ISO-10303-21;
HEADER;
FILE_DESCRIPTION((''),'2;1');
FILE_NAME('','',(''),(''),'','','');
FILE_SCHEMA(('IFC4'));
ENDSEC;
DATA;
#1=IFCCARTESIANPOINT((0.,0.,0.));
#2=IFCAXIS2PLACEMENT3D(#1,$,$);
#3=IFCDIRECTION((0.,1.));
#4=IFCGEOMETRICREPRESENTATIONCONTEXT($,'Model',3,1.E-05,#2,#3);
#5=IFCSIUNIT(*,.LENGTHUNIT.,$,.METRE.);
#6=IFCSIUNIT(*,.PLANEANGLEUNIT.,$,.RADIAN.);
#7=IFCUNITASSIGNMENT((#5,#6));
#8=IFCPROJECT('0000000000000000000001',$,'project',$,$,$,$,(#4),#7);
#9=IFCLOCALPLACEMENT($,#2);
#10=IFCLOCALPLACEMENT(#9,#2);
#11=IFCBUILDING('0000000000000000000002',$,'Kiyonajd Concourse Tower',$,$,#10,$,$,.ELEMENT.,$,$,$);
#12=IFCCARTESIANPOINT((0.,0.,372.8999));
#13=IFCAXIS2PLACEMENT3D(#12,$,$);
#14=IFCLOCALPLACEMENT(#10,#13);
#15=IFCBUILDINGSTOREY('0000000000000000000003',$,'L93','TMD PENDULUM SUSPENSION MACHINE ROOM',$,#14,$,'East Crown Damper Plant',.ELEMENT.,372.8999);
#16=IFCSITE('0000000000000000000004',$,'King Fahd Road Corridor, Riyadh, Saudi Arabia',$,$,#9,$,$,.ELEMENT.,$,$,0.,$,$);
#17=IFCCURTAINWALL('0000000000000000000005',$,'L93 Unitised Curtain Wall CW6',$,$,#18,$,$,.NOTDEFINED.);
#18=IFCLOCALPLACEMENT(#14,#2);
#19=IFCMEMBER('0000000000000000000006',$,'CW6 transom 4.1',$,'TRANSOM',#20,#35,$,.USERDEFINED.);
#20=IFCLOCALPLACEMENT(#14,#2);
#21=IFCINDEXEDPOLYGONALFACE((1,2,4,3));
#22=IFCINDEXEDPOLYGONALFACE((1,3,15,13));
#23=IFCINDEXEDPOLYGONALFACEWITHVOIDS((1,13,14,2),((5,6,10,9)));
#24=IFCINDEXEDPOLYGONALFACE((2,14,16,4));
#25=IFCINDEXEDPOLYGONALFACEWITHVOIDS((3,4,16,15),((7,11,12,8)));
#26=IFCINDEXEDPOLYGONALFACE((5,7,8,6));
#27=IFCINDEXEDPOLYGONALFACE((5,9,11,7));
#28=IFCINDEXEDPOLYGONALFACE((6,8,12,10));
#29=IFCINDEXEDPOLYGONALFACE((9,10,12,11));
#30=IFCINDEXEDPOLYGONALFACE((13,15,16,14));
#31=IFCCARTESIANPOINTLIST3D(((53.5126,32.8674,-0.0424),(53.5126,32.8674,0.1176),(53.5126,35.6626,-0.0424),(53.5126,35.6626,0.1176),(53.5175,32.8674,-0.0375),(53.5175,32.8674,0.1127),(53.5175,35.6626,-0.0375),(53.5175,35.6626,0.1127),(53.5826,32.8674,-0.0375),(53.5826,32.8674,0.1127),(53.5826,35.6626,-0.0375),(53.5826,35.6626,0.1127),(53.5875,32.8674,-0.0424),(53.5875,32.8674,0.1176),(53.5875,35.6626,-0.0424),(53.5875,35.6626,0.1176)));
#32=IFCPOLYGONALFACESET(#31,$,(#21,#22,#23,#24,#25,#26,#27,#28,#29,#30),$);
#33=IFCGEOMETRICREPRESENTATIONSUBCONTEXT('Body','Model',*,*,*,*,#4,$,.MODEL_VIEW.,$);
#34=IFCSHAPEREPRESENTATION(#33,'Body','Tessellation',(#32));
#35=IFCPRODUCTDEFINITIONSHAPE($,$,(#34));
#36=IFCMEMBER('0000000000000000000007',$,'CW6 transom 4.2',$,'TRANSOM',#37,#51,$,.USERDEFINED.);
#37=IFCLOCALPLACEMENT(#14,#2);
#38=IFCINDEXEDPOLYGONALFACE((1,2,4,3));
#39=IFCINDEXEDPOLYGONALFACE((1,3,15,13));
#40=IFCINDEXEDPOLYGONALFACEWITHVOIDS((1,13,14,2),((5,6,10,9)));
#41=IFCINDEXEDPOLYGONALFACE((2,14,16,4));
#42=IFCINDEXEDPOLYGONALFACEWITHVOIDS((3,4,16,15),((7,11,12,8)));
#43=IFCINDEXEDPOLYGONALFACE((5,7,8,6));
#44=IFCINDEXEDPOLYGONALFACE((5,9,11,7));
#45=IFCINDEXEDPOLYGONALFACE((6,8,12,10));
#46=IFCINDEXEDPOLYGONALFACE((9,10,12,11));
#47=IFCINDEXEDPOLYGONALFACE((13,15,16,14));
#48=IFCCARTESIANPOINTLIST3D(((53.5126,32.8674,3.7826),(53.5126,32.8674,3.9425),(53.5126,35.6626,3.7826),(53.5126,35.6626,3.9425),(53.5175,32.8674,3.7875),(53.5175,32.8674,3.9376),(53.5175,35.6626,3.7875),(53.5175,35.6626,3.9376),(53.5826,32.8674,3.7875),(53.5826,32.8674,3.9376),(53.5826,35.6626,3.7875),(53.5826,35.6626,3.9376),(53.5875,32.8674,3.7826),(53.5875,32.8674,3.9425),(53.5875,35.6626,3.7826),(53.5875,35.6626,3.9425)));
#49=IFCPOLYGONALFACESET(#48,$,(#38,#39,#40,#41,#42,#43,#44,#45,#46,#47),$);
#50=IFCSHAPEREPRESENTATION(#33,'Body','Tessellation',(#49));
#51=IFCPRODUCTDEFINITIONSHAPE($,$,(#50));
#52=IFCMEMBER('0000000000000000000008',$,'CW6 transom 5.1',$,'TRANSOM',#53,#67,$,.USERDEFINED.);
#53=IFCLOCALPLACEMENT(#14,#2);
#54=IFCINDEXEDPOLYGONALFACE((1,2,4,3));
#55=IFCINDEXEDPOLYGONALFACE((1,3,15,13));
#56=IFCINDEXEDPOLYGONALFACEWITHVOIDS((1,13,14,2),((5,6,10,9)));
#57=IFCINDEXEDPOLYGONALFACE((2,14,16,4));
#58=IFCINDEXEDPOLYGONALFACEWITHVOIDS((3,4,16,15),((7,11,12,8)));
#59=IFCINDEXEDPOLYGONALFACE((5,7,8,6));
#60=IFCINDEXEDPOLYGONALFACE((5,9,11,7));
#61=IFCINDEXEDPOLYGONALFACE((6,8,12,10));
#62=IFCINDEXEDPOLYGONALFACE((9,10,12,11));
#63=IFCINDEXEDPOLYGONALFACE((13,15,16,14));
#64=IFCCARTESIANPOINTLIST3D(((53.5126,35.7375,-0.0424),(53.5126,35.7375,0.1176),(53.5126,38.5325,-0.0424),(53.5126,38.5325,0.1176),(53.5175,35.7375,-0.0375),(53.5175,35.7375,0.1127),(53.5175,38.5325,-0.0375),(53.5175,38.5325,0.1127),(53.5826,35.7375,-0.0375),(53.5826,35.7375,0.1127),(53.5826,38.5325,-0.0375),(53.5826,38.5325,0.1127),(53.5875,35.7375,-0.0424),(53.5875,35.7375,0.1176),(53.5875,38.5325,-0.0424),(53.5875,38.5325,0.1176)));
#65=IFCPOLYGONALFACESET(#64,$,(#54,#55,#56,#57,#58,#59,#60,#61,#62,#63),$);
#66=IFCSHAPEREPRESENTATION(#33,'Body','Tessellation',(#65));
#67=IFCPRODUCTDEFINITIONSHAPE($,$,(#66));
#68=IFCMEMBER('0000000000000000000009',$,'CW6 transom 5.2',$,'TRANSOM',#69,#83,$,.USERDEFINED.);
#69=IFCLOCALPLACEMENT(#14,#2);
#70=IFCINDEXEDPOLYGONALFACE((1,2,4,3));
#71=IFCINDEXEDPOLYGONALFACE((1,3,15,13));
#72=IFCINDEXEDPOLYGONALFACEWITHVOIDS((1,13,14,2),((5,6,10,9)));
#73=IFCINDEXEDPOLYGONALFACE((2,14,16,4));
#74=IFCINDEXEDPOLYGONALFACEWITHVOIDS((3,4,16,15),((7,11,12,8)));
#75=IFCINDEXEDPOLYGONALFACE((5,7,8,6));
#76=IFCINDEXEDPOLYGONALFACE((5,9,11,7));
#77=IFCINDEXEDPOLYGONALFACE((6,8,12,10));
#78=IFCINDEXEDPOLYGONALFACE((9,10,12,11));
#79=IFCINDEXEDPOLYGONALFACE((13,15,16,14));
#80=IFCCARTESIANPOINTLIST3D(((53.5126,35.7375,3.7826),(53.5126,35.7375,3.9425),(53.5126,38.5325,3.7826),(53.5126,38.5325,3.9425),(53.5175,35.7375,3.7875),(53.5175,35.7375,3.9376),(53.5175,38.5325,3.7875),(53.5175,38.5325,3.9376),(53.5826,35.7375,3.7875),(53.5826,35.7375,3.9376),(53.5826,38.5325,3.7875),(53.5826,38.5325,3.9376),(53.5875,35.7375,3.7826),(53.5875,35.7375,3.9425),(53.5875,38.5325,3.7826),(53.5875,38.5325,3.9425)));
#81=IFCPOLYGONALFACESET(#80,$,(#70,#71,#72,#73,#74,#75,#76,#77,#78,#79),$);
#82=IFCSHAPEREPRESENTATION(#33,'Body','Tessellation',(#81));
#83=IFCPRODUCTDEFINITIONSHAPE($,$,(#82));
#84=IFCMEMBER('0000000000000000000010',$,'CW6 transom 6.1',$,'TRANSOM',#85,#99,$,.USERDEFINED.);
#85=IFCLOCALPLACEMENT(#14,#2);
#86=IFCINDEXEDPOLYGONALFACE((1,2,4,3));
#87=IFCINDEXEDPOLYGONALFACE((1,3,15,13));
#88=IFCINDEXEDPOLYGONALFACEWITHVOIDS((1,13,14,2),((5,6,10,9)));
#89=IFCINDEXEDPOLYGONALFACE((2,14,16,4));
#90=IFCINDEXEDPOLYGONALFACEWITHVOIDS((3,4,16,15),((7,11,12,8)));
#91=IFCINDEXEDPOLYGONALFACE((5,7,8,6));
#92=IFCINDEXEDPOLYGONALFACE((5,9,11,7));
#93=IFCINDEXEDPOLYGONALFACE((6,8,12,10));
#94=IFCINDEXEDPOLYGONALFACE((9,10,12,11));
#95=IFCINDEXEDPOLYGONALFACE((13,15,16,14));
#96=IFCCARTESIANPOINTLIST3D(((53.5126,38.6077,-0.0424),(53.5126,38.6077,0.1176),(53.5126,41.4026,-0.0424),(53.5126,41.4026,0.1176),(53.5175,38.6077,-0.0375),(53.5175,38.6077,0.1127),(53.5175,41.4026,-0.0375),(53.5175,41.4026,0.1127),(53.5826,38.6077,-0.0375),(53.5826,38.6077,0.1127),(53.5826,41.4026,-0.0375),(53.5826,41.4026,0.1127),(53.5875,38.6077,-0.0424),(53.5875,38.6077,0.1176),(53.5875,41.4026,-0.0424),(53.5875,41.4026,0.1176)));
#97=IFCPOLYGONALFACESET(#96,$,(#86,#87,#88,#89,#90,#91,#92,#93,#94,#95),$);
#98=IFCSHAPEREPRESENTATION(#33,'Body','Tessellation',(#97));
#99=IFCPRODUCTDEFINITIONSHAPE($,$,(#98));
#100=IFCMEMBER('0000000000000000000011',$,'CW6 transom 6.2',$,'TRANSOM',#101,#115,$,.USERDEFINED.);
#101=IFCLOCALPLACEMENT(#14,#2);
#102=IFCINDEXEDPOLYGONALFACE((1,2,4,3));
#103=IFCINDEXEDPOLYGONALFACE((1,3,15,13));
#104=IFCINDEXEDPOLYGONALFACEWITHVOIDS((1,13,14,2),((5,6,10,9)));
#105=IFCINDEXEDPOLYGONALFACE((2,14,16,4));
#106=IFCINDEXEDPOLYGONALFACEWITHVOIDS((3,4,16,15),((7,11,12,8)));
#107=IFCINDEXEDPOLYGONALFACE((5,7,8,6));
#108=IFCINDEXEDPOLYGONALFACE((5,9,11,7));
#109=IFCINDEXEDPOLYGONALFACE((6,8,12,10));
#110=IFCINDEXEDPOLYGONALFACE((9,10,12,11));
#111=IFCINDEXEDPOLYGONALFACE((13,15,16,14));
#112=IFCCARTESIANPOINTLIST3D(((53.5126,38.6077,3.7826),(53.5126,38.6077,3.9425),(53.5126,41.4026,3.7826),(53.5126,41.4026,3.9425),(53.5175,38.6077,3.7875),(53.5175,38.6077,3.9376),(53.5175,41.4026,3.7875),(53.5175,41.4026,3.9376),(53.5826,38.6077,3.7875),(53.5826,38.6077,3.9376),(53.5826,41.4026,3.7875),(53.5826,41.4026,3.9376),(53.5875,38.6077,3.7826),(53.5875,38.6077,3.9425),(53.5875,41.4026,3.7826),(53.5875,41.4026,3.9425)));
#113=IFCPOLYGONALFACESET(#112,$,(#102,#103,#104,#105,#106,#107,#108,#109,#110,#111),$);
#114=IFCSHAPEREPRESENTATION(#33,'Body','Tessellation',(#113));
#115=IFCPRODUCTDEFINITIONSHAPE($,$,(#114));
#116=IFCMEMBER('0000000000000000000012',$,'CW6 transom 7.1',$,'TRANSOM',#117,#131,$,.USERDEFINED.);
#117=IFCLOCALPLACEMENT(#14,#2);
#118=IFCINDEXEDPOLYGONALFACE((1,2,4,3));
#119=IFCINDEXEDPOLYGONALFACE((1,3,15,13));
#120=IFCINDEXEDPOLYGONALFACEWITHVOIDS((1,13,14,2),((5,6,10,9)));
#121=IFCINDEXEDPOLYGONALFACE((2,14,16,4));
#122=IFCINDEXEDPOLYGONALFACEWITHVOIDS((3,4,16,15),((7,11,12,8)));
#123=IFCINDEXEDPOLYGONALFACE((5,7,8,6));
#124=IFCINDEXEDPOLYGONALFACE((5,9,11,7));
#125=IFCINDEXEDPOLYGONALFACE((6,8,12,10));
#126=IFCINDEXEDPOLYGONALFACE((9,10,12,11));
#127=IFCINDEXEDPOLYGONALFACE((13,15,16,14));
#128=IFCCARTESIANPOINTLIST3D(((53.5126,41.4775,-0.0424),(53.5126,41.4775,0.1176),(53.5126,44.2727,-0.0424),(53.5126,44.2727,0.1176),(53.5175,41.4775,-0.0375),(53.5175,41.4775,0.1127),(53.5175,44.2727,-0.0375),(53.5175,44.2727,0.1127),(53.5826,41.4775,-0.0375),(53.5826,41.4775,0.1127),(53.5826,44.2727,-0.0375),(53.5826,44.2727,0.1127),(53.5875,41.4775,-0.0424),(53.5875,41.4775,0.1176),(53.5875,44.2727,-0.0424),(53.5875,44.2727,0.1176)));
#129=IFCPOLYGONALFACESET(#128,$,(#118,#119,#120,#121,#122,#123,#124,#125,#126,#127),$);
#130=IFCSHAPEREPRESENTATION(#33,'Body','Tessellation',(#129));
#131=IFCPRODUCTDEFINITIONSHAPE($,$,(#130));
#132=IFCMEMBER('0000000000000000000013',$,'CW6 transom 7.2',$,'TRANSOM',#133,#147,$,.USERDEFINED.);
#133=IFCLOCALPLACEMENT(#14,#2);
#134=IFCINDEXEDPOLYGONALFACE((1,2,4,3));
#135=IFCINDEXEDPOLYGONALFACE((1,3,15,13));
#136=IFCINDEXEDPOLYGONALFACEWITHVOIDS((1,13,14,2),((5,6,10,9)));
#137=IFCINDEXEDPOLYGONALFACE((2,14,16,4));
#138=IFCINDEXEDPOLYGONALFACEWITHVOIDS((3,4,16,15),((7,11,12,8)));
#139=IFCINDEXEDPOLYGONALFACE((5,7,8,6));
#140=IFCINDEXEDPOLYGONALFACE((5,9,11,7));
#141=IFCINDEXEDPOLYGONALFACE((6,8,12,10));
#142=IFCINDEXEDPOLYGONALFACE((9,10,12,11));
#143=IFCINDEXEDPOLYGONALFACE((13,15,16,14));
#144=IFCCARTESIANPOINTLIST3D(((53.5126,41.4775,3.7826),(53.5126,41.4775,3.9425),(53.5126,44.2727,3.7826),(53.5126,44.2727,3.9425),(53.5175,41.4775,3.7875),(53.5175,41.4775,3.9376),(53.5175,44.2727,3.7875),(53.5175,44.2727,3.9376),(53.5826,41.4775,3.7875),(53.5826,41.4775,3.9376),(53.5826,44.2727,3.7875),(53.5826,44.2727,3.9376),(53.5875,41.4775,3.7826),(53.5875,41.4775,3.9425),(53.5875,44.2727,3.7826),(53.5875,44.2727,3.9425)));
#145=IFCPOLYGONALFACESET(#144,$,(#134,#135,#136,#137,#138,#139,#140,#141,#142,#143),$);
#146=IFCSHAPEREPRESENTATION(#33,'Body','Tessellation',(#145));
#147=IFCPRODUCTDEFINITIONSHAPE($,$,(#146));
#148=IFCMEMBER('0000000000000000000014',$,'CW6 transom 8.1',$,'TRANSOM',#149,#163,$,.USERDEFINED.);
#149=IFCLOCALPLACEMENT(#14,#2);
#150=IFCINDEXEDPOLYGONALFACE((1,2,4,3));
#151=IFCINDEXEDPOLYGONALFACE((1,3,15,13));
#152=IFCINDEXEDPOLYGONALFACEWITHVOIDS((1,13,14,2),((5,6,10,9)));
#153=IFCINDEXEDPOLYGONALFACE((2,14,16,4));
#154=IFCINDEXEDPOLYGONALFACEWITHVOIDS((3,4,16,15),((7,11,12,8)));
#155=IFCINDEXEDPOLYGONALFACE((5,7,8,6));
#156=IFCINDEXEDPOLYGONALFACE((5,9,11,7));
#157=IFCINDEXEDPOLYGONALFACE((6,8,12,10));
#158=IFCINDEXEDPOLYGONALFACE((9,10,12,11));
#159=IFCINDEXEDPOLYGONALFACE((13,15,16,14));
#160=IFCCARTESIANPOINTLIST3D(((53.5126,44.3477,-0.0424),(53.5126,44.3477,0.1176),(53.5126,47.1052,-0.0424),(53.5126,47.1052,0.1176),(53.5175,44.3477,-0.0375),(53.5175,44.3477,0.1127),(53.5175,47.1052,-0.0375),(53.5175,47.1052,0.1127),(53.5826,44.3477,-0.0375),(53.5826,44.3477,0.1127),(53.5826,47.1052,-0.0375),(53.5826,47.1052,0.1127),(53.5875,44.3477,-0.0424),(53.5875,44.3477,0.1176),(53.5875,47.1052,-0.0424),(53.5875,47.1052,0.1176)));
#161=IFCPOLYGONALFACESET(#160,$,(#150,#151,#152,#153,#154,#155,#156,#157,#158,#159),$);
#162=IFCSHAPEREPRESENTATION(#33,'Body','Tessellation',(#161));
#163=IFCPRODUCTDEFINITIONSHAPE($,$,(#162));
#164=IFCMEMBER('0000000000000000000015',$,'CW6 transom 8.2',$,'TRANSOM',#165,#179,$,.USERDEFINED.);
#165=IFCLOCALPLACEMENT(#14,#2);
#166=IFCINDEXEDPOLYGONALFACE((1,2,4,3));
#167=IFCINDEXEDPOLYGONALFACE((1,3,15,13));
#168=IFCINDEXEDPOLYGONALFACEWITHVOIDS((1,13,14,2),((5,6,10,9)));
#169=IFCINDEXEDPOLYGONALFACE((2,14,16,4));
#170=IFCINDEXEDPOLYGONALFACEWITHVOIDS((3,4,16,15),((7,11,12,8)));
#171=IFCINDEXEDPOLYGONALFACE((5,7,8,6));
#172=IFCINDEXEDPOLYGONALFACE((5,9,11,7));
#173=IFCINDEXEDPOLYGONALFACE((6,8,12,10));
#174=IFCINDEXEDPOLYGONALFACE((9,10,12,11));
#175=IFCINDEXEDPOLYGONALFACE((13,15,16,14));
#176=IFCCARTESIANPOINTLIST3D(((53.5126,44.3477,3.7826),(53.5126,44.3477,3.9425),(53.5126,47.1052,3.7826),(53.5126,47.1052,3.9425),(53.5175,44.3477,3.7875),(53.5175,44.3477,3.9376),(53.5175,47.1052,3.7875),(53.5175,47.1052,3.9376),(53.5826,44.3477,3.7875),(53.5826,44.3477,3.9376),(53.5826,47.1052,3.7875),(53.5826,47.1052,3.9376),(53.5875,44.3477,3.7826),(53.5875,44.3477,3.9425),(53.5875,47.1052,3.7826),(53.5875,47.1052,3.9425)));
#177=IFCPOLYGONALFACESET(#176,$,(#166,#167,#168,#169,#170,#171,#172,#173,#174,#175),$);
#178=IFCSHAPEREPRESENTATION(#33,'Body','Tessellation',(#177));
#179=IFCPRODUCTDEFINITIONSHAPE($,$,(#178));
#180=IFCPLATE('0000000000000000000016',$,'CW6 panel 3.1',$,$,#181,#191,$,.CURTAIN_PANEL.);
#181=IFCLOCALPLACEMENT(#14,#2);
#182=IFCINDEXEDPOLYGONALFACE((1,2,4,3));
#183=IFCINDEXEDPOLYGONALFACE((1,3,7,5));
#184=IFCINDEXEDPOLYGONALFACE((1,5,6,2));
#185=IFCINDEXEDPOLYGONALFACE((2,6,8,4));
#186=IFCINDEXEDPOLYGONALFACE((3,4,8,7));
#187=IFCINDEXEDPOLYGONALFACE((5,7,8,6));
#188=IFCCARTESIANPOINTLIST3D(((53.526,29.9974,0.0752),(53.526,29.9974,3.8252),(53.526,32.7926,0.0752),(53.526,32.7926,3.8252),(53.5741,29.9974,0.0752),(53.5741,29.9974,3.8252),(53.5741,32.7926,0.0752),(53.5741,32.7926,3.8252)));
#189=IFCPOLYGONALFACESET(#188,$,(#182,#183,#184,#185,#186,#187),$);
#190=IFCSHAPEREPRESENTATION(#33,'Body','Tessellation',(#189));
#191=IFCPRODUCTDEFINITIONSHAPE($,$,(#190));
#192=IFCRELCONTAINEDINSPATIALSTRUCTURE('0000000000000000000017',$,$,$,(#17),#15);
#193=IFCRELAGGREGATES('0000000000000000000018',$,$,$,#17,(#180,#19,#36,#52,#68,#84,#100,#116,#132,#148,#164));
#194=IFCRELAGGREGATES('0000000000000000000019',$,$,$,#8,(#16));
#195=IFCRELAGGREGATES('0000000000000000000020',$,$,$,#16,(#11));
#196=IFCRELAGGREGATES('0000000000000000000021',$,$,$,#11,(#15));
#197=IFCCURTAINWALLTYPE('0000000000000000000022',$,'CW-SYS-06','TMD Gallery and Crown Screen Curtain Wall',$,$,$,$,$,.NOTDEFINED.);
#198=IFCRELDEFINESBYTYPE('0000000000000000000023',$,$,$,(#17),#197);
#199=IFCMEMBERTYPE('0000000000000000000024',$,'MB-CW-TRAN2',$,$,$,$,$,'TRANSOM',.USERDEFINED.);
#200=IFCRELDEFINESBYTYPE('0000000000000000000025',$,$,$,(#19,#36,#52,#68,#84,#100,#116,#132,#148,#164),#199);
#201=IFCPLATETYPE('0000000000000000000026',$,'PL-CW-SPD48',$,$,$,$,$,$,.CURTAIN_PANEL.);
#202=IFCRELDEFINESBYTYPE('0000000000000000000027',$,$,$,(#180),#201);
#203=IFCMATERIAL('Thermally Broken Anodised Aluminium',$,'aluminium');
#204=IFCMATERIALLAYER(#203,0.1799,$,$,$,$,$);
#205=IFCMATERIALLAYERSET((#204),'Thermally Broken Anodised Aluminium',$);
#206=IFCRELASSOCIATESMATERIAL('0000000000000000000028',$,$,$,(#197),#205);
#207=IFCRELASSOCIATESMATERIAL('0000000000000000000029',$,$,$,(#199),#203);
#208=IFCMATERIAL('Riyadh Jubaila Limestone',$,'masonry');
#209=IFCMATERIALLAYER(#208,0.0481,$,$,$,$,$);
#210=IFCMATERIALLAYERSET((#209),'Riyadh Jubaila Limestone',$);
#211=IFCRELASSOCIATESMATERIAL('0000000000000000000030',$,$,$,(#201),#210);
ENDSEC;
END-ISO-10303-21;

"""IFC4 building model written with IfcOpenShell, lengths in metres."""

from ifc_helpers import new_model, si_unit, direction, frame, origin, origin_2d, place, context, subcontext, project, spatial, rectangle, hollow_rectangle, extrude, material, layer, layer_set, material_profile, profile_set, type_object, element, aggregate, save


model = new_model("IFC4")

# Units and contexts
model_context = context("Model", 3, precision=1e-05, world=origin(), true_north=direction((0.0, 1.0)))
body_context = subcontext(model_context, "Body", "Model", "MODEL_VIEW")
ifc_project = project(units=[si_unit("LENGTHUNIT", "METRE"), si_unit("PLANEANGLEUNIT", "RADIAN")], contexts=[model_context])

# Site, building, storey
site_placement = place(None, origin())
site = spatial("IfcSite", under=ifc_project, at=site_placement, Name="King Fahd Road Corridor, Riyadh, Saudi Arabia", CompositionType="ELEMENT", RefElevation=0.0)
building_placement = place(site_placement, origin())
building = spatial("IfcBuilding", under=site, at=building_placement, Name="Kiyonajd Concourse Tower", CompositionType="ELEMENT")
storey_placement = place(building_placement, frame((0.0, 0.0, 372.8999)))
storey = spatial("IfcBuildingStorey", under=building, at=storey_placement, Name="L93", Description="TMD PENDULUM SUSPENSION MACHINE ROOM", LongName="East Crown Damper Plant", CompositionType="ELEMENT", Elevation=372.8999)

# Curtain wall, members, plate
ifc_material_1 = material(Name="Thermally Broken Anodised Aluminium", Category="aluminium")
ifc_layer_1 = layer(ifc_material_1, 0.1799)
ifc_layer_set_1 = layer_set([ifc_layer_1], Name="Thermally Broken Anodised Aluminium")
curtain_wall_type = type_object("IfcCurtainWallType", Name="CW-SYS-06", Description="TMD Gallery and Crown Screen Curtain Wall", PredefinedType="NOTDEFINED", material=ifc_layer_set_1)
curtain_wall_placement = place(storey_placement, origin())
curtain_wall = element("IfcCurtainWall", 1, at=curtain_wall_placement, inside=storey, type_object=curtain_wall_type, Name="L93 Unitised Curtain Wall CW6", PredefinedType="NOTDEFINED")
ifc_material_profile = material_profile(ifc_material_1, hollow_rectangle(XDim=0.075, YDim=0.1599, WallThickness=0.0049, at=origin_2d()), Name="TRAN-75x160")
ifc_profile_set = profile_set([ifc_material_profile], Name="Thermally Broken Anodised Aluminium")
member_type = type_object("IfcMemberType", Name="MB-CW-TRAN2", ElementType="TRANSOM", PredefinedType="USERDEFINED", material=ifc_profile_set)
member_1_placement = place(storey_placement, frame((53.55, 32.8674, 0.0376), z_axis=(0.0, 1.0, 0.0), x_axis=(-1.0, 0.0, 0.0)))
member_1 = element("IfcMember", 2, at=member_1_placement, type_object=member_type, Name="CW6 transom 4.1", ObjectType="TRANSOM", PredefinedType="USERDEFINED", context=body_context, shape_type="SweptSolid", body=[
    extrude(hollow_rectangle(XDim=0.075, YDim=0.1599, WallThickness=0.0049, at=origin_2d()), origin(), (0.0, 0.0, 1.0), 2.7952),
])
member_2_placement = place(storey_placement, frame((53.55, 32.8674, 3.8625), z_axis=(0.0, 1.0, 0.0), x_axis=(-1.0, 0.0, 0.0)))
member_2 = element("IfcMember", 3, at=member_2_placement, type_object=member_type, Name="CW6 transom 4.2", ObjectType="TRANSOM", PredefinedType="USERDEFINED", context=body_context, shape_type="SweptSolid", body=[
    extrude(hollow_rectangle(XDim=0.075, YDim=0.1599, WallThickness=0.0049, at=origin_2d()), origin(), (0.0, 0.0, 1.0), 2.7952),
])
member_3_placement = place(storey_placement, frame((53.55, 35.7375, 0.0376), z_axis=(0.0, 1.0, 0.0), x_axis=(-1.0, 0.0, 0.0)))
member_3 = element("IfcMember", 4, at=member_3_placement, type_object=member_type, Name="CW6 transom 5.1", ObjectType="TRANSOM", PredefinedType="USERDEFINED", context=body_context, shape_type="SweptSolid", body=[
    extrude(hollow_rectangle(XDim=0.075, YDim=0.1599, WallThickness=0.0049, at=origin_2d()), origin(), (0.0, 0.0, 1.0), 2.7949),
])
member_4_placement = place(storey_placement, frame((53.55, 35.7375, 3.8625), z_axis=(0.0, 1.0, 0.0), x_axis=(-1.0, 0.0, 0.0)))
member_4 = element("IfcMember", 5, at=member_4_placement, type_object=member_type, Name="CW6 transom 5.2", ObjectType="TRANSOM", PredefinedType="USERDEFINED", context=body_context, shape_type="SweptSolid", body=[
    extrude(hollow_rectangle(XDim=0.075, YDim=0.1599, WallThickness=0.0049, at=origin_2d()), origin(), (0.0, 0.0, 1.0), 2.7949),
])
member_5_placement = place(storey_placement, frame((53.55, 38.6077, 0.0376), z_axis=(0.0, 1.0, 0.0), x_axis=(-1.0, 0.0, 0.0)))
member_5 = element("IfcMember", 6, at=member_5_placement, type_object=member_type, Name="CW6 transom 6.1", ObjectType="TRANSOM", PredefinedType="USERDEFINED", context=body_context, shape_type="SweptSolid", body=[
    extrude(hollow_rectangle(XDim=0.075, YDim=0.1599, WallThickness=0.0049, at=origin_2d()), origin(), (0.0, 0.0, 1.0), 2.7949),
])
member_6_placement = place(storey_placement, frame((53.55, 38.6077, 3.8625), z_axis=(0.0, 1.0, 0.0), x_axis=(-1.0, 0.0, 0.0)))
member_6 = element("IfcMember", 7, at=member_6_placement, type_object=member_type, Name="CW6 transom 6.2", ObjectType="TRANSOM", PredefinedType="USERDEFINED", context=body_context, shape_type="SweptSolid", body=[
    extrude(hollow_rectangle(XDim=0.075, YDim=0.1599, WallThickness=0.0049, at=origin_2d()), origin(), (0.0, 0.0, 1.0), 2.7949),
])
member_7_placement = place(storey_placement, frame((53.55, 41.4775, 0.0376), z_axis=(0.0, 1.0, 0.0), x_axis=(-1.0, 0.0, 0.0)))
member_7 = element("IfcMember", 8, at=member_7_placement, type_object=member_type, Name="CW6 transom 7.1", ObjectType="TRANSOM", PredefinedType="USERDEFINED", context=body_context, shape_type="SweptSolid", body=[
    extrude(hollow_rectangle(XDim=0.075, YDim=0.1599, WallThickness=0.0049, at=origin_2d()), origin(), (0.0, 0.0, 1.0), 2.7952),
])
member_8_placement = place(storey_placement, frame((53.55, 41.4775, 3.8625), z_axis=(0.0, 1.0, 0.0), x_axis=(-1.0, 0.0, 0.0)))
member_8 = element("IfcMember", 9, at=member_8_placement, type_object=member_type, Name="CW6 transom 7.2", ObjectType="TRANSOM", PredefinedType="USERDEFINED", context=body_context, shape_type="SweptSolid", body=[
    extrude(hollow_rectangle(XDim=0.075, YDim=0.1599, WallThickness=0.0049, at=origin_2d()), origin(), (0.0, 0.0, 1.0), 2.7952),
])
member_9_placement = place(storey_placement, frame((53.55, 44.3477, 0.0376), z_axis=(0.0, 1.0, 0.0), x_axis=(-1.0, 0.0, 0.0)))
member_9 = element("IfcMember", 10, at=member_9_placement, type_object=member_type, Name="CW6 transom 8.1", ObjectType="TRANSOM", PredefinedType="USERDEFINED", context=body_context, shape_type="SweptSolid", body=[
    extrude(hollow_rectangle(XDim=0.075, YDim=0.1599, WallThickness=0.0049, at=origin_2d()), origin(), (0.0, 0.0, 1.0), 2.7576),
])
member_10_placement = place(storey_placement, frame((53.55, 44.3477, 3.8625), z_axis=(0.0, 1.0, 0.0), x_axis=(-1.0, 0.0, 0.0)))
member_10 = element("IfcMember", 11, at=member_10_placement, type_object=member_type, Name="CW6 transom 8.2", ObjectType="TRANSOM", PredefinedType="USERDEFINED", context=body_context, shape_type="SweptSolid", body=[
    extrude(hollow_rectangle(XDim=0.075, YDim=0.1599, WallThickness=0.0049, at=origin_2d()), origin(), (0.0, 0.0, 1.0), 2.7576),
])
ifc_material_2 = material(Name="Riyadh Jubaila Limestone", Category="masonry")
ifc_layer_2 = layer(ifc_material_2, 0.0481)
ifc_layer_set_2 = layer_set([ifc_layer_2], Name="Riyadh Jubaila Limestone")
plate_type = type_object("IfcPlateType", Name="PL-CW-SPD48", PredefinedType="CURTAIN_PANEL", material=ifc_layer_set_2)
plate_1_placement = place(storey_placement, frame((53.55, 31.395, 0.0752), z_axis=(0.0, 0.0, 1.0), x_axis=(0.0, 1.0, 0.0)))
plate_1 = element("IfcPlate", 12, at=plate_1_placement, type_object=plate_type, Name="CW6 panel 3.1", PredefinedType="CURTAIN_PANEL", context=body_context, shape_type="SweptSolid", body=[
    extrude(rectangle(XDim=2.7952, YDim=0.0481, at=origin_2d()), origin(), (0.0, 0.0, 1.0), 3.75),
])
aggregate(curtain_wall, [plate_1, member_1, member_2, member_3, member_4, member_5, member_6, member_7, member_8, member_9, member_10])

save(model, "model.ifc")
